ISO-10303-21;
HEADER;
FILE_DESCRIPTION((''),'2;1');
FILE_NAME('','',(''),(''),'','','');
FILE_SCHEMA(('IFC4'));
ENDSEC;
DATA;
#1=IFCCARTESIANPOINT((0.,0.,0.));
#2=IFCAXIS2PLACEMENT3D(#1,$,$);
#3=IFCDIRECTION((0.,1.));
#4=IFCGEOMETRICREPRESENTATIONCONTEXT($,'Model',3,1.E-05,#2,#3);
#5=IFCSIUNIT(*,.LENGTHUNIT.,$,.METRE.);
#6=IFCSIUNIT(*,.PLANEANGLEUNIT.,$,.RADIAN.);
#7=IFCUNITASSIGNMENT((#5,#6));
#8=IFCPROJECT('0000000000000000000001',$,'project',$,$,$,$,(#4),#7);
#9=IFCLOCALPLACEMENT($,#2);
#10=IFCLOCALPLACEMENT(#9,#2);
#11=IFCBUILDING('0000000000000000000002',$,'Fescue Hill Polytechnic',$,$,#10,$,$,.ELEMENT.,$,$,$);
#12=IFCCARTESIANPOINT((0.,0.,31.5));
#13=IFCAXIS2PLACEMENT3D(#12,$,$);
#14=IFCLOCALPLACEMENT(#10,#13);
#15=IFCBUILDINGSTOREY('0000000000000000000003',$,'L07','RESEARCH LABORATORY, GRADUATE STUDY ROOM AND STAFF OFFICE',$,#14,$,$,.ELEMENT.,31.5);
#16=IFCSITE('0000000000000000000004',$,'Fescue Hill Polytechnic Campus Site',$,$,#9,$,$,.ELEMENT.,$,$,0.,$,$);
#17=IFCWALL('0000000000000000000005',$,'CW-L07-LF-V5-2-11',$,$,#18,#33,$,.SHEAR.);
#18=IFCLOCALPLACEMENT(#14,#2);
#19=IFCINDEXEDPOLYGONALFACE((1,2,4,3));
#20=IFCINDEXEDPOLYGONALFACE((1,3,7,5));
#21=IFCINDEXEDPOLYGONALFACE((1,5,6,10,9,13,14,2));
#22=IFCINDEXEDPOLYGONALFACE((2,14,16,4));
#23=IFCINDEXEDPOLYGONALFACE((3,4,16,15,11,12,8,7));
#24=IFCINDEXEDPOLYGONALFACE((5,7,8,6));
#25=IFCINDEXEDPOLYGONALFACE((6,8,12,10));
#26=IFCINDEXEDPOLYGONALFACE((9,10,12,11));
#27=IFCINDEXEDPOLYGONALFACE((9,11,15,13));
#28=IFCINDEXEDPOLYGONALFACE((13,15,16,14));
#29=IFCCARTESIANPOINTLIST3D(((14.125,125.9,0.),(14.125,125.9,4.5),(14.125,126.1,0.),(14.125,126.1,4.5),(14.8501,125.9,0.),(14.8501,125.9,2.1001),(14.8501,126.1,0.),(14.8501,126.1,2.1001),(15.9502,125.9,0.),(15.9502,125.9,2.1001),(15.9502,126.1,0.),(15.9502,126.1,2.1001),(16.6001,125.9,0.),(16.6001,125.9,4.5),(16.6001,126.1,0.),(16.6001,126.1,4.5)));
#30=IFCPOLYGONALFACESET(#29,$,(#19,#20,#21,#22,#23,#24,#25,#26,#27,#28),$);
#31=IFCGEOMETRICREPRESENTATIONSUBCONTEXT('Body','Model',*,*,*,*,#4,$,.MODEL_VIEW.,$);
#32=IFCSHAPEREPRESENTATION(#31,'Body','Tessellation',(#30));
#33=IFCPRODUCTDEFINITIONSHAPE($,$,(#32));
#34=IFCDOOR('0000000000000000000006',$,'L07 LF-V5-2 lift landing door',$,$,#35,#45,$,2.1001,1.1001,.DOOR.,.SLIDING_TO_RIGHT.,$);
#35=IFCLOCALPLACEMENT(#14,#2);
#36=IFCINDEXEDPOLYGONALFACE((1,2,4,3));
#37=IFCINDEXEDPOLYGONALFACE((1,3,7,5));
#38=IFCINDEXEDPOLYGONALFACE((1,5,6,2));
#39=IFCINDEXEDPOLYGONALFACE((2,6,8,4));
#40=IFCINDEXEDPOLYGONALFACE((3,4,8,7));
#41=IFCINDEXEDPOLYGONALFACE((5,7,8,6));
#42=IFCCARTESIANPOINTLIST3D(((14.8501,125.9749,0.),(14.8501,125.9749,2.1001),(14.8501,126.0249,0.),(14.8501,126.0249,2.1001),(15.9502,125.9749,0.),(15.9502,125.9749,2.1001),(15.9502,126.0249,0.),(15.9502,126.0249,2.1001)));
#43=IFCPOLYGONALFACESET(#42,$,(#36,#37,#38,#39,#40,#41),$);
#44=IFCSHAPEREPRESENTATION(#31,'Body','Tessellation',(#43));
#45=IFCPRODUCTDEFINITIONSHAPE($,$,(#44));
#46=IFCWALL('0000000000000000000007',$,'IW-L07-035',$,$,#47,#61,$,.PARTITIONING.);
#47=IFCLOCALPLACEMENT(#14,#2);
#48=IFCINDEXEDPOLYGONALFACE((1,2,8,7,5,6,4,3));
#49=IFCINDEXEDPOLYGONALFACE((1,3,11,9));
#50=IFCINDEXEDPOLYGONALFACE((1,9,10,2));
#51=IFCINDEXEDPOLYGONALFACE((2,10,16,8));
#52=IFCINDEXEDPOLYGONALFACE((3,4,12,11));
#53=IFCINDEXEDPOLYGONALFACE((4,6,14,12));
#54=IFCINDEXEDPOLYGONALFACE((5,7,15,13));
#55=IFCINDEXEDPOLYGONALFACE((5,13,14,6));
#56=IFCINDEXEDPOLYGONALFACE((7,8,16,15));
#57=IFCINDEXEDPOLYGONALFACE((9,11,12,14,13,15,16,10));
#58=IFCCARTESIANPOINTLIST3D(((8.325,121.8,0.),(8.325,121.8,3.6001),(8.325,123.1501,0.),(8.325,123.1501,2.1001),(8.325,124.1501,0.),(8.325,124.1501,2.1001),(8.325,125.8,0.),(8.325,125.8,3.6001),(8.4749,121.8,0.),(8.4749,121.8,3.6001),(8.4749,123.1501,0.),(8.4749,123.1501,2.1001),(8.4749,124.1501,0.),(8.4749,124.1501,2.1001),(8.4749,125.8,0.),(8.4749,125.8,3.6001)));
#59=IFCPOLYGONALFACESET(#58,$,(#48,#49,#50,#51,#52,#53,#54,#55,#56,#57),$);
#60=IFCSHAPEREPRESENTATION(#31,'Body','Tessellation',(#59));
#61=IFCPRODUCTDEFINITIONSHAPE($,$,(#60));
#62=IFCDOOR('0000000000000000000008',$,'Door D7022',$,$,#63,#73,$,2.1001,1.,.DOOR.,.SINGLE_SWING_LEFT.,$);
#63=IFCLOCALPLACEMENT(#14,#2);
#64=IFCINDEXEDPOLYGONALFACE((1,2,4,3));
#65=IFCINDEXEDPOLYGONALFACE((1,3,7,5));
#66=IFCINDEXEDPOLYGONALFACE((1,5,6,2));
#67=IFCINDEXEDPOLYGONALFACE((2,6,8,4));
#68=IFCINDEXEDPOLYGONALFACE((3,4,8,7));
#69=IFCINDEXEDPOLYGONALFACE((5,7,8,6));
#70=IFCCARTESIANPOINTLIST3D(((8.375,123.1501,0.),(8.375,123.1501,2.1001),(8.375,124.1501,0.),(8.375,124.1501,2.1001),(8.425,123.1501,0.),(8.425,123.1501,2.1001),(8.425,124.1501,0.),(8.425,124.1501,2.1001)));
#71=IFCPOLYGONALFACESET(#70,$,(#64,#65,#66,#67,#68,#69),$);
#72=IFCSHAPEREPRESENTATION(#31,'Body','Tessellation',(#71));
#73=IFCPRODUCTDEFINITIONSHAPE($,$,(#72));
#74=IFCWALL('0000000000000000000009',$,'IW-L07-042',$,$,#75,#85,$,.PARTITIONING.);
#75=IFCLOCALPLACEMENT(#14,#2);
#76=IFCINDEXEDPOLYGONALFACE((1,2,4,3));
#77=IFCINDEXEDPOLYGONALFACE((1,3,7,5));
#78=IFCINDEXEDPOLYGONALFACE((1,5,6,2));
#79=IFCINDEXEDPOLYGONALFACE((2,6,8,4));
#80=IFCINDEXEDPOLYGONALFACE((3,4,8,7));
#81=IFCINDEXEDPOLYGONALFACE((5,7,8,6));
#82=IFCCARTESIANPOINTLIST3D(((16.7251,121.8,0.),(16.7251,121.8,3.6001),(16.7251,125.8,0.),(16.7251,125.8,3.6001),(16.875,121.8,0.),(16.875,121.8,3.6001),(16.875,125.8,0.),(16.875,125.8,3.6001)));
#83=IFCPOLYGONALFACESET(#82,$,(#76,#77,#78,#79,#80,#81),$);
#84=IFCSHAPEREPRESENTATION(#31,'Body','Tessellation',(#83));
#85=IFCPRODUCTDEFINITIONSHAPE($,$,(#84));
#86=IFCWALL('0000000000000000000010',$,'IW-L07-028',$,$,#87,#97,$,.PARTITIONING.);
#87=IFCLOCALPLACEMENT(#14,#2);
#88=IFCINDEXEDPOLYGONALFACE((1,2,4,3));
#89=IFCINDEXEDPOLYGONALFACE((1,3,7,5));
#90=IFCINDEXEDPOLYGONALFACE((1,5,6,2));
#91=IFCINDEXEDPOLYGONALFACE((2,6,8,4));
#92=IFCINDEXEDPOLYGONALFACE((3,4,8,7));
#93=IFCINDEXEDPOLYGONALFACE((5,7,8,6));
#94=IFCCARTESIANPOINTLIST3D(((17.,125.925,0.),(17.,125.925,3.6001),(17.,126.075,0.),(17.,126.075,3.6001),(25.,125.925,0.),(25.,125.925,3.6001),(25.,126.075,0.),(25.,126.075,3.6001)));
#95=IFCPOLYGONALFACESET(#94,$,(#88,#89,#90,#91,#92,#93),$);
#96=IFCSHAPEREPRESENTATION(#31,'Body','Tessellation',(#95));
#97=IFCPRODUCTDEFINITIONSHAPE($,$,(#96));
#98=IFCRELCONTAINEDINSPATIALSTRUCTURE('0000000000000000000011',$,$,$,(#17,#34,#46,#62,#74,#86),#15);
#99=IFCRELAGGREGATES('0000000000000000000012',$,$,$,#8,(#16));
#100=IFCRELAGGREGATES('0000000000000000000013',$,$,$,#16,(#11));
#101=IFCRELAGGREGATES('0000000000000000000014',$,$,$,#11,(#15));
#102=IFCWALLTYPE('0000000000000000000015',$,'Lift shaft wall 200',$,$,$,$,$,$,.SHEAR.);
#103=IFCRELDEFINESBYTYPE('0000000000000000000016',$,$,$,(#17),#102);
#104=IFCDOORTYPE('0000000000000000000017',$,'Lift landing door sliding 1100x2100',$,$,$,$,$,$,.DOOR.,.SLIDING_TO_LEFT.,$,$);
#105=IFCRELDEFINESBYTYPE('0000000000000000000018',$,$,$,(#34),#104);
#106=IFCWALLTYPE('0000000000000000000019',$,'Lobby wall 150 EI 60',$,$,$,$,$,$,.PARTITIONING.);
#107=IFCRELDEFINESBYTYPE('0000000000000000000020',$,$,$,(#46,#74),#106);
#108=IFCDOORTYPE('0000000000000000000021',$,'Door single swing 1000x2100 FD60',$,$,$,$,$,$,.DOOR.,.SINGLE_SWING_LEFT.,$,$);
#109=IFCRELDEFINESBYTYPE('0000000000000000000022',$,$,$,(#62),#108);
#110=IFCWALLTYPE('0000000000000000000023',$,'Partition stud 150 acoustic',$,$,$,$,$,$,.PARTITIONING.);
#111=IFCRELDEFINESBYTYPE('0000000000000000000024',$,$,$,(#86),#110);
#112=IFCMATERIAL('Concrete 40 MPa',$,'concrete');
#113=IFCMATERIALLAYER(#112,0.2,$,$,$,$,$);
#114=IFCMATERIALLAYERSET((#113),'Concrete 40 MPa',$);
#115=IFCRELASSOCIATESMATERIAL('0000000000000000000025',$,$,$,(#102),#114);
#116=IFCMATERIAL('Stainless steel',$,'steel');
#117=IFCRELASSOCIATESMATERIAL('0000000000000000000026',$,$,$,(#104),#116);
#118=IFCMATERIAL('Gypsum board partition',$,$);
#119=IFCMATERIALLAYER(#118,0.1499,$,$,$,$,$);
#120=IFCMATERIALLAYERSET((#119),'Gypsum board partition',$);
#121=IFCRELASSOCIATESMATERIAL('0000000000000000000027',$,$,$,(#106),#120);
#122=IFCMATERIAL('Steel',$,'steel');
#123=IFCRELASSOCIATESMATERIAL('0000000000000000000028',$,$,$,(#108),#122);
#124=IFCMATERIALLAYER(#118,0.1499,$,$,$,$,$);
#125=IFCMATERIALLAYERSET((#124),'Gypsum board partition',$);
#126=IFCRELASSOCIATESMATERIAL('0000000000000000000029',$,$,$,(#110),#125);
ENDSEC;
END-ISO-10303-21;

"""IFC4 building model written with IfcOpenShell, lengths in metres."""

from ifc_helpers import new_model, si_unit, direction, frame, frame_2d, origin, place, context, subcontext, project, spatial, rectangle, extrude, material, layer, layer_set, type_object, element, fill, save


model = new_model("IFC4")

# Units and contexts
model_context = context("Model", 3, precision=1e-05, world=origin(), true_north=direction((0.0, 1.0)))
body_context = subcontext(model_context, "Body", "Model", "MODEL_VIEW")
ifc_project = project(units=[si_unit("LENGTHUNIT", "METRE"), si_unit("PLANEANGLEUNIT", "RADIAN")], contexts=[model_context])

# Site, building, storey
site_placement = place(None, origin())
site = spatial("IfcSite", under=ifc_project, at=site_placement, Name="Fescue Hill Polytechnic Campus Site", CompositionType="ELEMENT", RefElevation=0.0)
building_placement = place(site_placement, origin())
building = spatial("IfcBuilding", under=site, at=building_placement, Name="Fescue Hill Polytechnic", CompositionType="ELEMENT")
storey_placement = place(building_placement, frame((0.0, 0.0, 31.5)))
storey = spatial("IfcBuildingStorey", under=building, at=storey_placement, Name="L07", Description="RESEARCH LABORATORY, GRADUATE STUDY ROOM AND STAFF OFFICE", CompositionType="ELEMENT", Elevation=31.5)

# Shared definitions
ifc_material_1 = material(Name="Concrete 40 MPa", Category="concrete")

# Shared definitions
ifc_material_2 = material(Name="Gypsum board partition")

# Shared definitions
ifc_layer_1 = layer(ifc_material_1, 0.2)
ifc_layer_set_1 = layer_set([ifc_layer_1], Name="Concrete 40 MPa")
wall_type_1 = type_object("IfcWallType", Name="Lift shaft wall 200", PredefinedType="SHEAR", material=ifc_layer_set_1)
ifc_material_3 = material(Name="Stainless steel", Category="steel")
door_type_1 = type_object("IfcDoorType", Name="Lift landing door sliding 1100x2100", OperationType="SLIDING_TO_LEFT", PredefinedType="DOOR", material=ifc_material_3)

# Walls, openings, doors
wall_1_placement = place(storey_placement, frame((14.125, 126.0, 0.0), z_axis=(0.0, 0.0, 1.0), x_axis=(1.0, 0.0, 0.0)))
wall_1 = element("IfcWall", 1, at=wall_1_placement, inside=storey, type_object=wall_type_1, Name="CW-L07-LF-V5-2-11", PredefinedType="SHEAR", context=body_context, shape_type="SweptSolid", body=[
    extrude(rectangle(XDim=2.4751, YDim=0.2, at=frame_2d((1.2375, 0.0))), origin(), (0.0, 0.0, 1.0), 4.5),
])
opening_1_placement = place(wall_1_placement, frame((0.7251, 0.0, 0.0)))
opening_1 = element("IfcOpeningElement", 2, at=opening_1_placement, cuts=wall_1, PredefinedType="OPENING", context=body_context, shape_type="SweptSolid", body=[
    extrude(rectangle(XDim=1.1001, YDim=2.1001, at=frame_2d((0.55, 1.05))), frame((0.0, 0.1099, 0.0), z_axis=(0.0, -1.0, 0.0), x_axis=(1.0, 0.0, 0.0)), (0.0, 0.0, 1.0), 0.22),
])
door_1_placement = place(opening_1_placement, origin())
door_1 = element("IfcDoor", 3, at=door_1_placement, inside=storey, type_object=door_type_1, Name="L07 LF-V5-2 lift landing door", OperationType="SLIDING_TO_RIGHT", OverallHeight=2.1001, OverallWidth=1.1001, PredefinedType="DOOR", context=body_context, shape_type="SweptSolid", body=[
    extrude(rectangle(XDim=1.1001, YDim=2.1001, at=frame_2d((0.55, 1.05))), frame((0.0, 0.0249, 0.0), z_axis=(0.0, -1.0, 0.0), x_axis=(1.0, 0.0, 0.0)), (0.0, 0.0, 1.0), 0.05),
])
fill(opening_1, door_1)
ifc_layer_2 = layer(ifc_material_2, 0.1499)
ifc_layer_set_2 = layer_set([ifc_layer_2], Name="Gypsum board partition")
wall_type_2 = type_object("IfcWallType", Name="Lobby wall 150 EI 60", PredefinedType="PARTITIONING", material=ifc_layer_set_2)
wall_2_placement = place(storey_placement, frame((8.3999, 121.8, 0.0), z_axis=(0.0, 0.0, 1.0), x_axis=(0.0, 1.0, 0.0)))
wall_2 = element("IfcWall", 4, at=wall_2_placement, inside=storey, type_object=wall_type_2, Name="IW-L07-035", PredefinedType="PARTITIONING", context=body_context, shape_type="SweptSolid", body=[
    extrude(rectangle(XDim=4.0, YDim=0.1499, at=frame_2d((2.0, 0.0))), origin(), (0.0, 0.0, 1.0), 3.6001),
])
opening_2_placement = place(wall_2_placement, frame((1.3501, 0.0, 0.0)))
opening_2 = element("IfcOpeningElement", 5, at=opening_2_placement, cuts=wall_2, PredefinedType="OPENING", context=body_context, shape_type="SweptSolid", body=[
    extrude(rectangle(XDim=1.0, YDim=2.1001, at=frame_2d((0.5, 1.05))), frame((0.0, 0.085, 0.0), z_axis=(0.0, -1.0, 0.0), x_axis=(1.0, 0.0, 0.0)), (0.0, 0.0, 1.0), 0.1699),
])
ifc_material_4 = material(Name="Steel", Category="steel")
door_type_2 = type_object("IfcDoorType", Name="Door single swing 1000x2100 FD60", OperationType="SINGLE_SWING_LEFT", PredefinedType="DOOR", material=ifc_material_4)
door_2_placement = place(opening_2_placement, origin())
door_2 = element("IfcDoor", 6, at=door_2_placement, inside=storey, type_object=door_type_2, Name="Door D7022", OperationType="SINGLE_SWING_LEFT", OverallHeight=2.1001, OverallWidth=1.0, PredefinedType="DOOR", context=body_context, shape_type="SweptSolid", body=[
    extrude(rectangle(XDim=1.0, YDim=2.1001, at=frame_2d((0.5, 1.05))), frame((0.0, 0.0249, 0.0), z_axis=(0.0, -1.0, 0.0), x_axis=(1.0, 0.0, 0.0)), (0.0, 0.0, 1.0), 0.05),
])
fill(opening_2, door_2)

# Walls
wall_3_placement = place(storey_placement, frame((16.8, 121.8, 0.0), z_axis=(0.0, 0.0, 1.0), x_axis=(0.0, 1.0, 0.0)))
element("IfcWall", 7, at=wall_3_placement, inside=storey, type_object=wall_type_2, Name="IW-L07-042", PredefinedType="PARTITIONING", context=body_context, shape_type="SweptSolid", body=[
    extrude(rectangle(XDim=4.0, YDim=0.1499, at=frame_2d((2.0, 0.0))), origin(), (0.0, 0.0, 1.0), 3.6001),
])
ifc_layer_3 = layer(ifc_material_2, 0.1499)
ifc_layer_set_3 = layer_set([ifc_layer_3], Name="Gypsum board partition")
wall_type_3 = type_object("IfcWallType", Name="Partition stud 150 acoustic", PredefinedType="PARTITIONING", material=ifc_layer_set_3)
wall_4_placement = place(storey_placement, frame((17.0, 126.0, 0.0), z_axis=(0.0, 0.0, 1.0), x_axis=(1.0, 0.0, 0.0)))
element("IfcWall", 8, at=wall_4_placement, inside=storey, type_object=wall_type_3, Name="IW-L07-028", PredefinedType="PARTITIONING", context=body_context, shape_type="SweptSolid", body=[
    extrude(rectangle(XDim=8.0, YDim=0.1499, at=frame_2d((4.0, 0.0))), origin(), (0.0, 0.0, 1.0), 3.6001),
])

save(model, "model.ifc")
